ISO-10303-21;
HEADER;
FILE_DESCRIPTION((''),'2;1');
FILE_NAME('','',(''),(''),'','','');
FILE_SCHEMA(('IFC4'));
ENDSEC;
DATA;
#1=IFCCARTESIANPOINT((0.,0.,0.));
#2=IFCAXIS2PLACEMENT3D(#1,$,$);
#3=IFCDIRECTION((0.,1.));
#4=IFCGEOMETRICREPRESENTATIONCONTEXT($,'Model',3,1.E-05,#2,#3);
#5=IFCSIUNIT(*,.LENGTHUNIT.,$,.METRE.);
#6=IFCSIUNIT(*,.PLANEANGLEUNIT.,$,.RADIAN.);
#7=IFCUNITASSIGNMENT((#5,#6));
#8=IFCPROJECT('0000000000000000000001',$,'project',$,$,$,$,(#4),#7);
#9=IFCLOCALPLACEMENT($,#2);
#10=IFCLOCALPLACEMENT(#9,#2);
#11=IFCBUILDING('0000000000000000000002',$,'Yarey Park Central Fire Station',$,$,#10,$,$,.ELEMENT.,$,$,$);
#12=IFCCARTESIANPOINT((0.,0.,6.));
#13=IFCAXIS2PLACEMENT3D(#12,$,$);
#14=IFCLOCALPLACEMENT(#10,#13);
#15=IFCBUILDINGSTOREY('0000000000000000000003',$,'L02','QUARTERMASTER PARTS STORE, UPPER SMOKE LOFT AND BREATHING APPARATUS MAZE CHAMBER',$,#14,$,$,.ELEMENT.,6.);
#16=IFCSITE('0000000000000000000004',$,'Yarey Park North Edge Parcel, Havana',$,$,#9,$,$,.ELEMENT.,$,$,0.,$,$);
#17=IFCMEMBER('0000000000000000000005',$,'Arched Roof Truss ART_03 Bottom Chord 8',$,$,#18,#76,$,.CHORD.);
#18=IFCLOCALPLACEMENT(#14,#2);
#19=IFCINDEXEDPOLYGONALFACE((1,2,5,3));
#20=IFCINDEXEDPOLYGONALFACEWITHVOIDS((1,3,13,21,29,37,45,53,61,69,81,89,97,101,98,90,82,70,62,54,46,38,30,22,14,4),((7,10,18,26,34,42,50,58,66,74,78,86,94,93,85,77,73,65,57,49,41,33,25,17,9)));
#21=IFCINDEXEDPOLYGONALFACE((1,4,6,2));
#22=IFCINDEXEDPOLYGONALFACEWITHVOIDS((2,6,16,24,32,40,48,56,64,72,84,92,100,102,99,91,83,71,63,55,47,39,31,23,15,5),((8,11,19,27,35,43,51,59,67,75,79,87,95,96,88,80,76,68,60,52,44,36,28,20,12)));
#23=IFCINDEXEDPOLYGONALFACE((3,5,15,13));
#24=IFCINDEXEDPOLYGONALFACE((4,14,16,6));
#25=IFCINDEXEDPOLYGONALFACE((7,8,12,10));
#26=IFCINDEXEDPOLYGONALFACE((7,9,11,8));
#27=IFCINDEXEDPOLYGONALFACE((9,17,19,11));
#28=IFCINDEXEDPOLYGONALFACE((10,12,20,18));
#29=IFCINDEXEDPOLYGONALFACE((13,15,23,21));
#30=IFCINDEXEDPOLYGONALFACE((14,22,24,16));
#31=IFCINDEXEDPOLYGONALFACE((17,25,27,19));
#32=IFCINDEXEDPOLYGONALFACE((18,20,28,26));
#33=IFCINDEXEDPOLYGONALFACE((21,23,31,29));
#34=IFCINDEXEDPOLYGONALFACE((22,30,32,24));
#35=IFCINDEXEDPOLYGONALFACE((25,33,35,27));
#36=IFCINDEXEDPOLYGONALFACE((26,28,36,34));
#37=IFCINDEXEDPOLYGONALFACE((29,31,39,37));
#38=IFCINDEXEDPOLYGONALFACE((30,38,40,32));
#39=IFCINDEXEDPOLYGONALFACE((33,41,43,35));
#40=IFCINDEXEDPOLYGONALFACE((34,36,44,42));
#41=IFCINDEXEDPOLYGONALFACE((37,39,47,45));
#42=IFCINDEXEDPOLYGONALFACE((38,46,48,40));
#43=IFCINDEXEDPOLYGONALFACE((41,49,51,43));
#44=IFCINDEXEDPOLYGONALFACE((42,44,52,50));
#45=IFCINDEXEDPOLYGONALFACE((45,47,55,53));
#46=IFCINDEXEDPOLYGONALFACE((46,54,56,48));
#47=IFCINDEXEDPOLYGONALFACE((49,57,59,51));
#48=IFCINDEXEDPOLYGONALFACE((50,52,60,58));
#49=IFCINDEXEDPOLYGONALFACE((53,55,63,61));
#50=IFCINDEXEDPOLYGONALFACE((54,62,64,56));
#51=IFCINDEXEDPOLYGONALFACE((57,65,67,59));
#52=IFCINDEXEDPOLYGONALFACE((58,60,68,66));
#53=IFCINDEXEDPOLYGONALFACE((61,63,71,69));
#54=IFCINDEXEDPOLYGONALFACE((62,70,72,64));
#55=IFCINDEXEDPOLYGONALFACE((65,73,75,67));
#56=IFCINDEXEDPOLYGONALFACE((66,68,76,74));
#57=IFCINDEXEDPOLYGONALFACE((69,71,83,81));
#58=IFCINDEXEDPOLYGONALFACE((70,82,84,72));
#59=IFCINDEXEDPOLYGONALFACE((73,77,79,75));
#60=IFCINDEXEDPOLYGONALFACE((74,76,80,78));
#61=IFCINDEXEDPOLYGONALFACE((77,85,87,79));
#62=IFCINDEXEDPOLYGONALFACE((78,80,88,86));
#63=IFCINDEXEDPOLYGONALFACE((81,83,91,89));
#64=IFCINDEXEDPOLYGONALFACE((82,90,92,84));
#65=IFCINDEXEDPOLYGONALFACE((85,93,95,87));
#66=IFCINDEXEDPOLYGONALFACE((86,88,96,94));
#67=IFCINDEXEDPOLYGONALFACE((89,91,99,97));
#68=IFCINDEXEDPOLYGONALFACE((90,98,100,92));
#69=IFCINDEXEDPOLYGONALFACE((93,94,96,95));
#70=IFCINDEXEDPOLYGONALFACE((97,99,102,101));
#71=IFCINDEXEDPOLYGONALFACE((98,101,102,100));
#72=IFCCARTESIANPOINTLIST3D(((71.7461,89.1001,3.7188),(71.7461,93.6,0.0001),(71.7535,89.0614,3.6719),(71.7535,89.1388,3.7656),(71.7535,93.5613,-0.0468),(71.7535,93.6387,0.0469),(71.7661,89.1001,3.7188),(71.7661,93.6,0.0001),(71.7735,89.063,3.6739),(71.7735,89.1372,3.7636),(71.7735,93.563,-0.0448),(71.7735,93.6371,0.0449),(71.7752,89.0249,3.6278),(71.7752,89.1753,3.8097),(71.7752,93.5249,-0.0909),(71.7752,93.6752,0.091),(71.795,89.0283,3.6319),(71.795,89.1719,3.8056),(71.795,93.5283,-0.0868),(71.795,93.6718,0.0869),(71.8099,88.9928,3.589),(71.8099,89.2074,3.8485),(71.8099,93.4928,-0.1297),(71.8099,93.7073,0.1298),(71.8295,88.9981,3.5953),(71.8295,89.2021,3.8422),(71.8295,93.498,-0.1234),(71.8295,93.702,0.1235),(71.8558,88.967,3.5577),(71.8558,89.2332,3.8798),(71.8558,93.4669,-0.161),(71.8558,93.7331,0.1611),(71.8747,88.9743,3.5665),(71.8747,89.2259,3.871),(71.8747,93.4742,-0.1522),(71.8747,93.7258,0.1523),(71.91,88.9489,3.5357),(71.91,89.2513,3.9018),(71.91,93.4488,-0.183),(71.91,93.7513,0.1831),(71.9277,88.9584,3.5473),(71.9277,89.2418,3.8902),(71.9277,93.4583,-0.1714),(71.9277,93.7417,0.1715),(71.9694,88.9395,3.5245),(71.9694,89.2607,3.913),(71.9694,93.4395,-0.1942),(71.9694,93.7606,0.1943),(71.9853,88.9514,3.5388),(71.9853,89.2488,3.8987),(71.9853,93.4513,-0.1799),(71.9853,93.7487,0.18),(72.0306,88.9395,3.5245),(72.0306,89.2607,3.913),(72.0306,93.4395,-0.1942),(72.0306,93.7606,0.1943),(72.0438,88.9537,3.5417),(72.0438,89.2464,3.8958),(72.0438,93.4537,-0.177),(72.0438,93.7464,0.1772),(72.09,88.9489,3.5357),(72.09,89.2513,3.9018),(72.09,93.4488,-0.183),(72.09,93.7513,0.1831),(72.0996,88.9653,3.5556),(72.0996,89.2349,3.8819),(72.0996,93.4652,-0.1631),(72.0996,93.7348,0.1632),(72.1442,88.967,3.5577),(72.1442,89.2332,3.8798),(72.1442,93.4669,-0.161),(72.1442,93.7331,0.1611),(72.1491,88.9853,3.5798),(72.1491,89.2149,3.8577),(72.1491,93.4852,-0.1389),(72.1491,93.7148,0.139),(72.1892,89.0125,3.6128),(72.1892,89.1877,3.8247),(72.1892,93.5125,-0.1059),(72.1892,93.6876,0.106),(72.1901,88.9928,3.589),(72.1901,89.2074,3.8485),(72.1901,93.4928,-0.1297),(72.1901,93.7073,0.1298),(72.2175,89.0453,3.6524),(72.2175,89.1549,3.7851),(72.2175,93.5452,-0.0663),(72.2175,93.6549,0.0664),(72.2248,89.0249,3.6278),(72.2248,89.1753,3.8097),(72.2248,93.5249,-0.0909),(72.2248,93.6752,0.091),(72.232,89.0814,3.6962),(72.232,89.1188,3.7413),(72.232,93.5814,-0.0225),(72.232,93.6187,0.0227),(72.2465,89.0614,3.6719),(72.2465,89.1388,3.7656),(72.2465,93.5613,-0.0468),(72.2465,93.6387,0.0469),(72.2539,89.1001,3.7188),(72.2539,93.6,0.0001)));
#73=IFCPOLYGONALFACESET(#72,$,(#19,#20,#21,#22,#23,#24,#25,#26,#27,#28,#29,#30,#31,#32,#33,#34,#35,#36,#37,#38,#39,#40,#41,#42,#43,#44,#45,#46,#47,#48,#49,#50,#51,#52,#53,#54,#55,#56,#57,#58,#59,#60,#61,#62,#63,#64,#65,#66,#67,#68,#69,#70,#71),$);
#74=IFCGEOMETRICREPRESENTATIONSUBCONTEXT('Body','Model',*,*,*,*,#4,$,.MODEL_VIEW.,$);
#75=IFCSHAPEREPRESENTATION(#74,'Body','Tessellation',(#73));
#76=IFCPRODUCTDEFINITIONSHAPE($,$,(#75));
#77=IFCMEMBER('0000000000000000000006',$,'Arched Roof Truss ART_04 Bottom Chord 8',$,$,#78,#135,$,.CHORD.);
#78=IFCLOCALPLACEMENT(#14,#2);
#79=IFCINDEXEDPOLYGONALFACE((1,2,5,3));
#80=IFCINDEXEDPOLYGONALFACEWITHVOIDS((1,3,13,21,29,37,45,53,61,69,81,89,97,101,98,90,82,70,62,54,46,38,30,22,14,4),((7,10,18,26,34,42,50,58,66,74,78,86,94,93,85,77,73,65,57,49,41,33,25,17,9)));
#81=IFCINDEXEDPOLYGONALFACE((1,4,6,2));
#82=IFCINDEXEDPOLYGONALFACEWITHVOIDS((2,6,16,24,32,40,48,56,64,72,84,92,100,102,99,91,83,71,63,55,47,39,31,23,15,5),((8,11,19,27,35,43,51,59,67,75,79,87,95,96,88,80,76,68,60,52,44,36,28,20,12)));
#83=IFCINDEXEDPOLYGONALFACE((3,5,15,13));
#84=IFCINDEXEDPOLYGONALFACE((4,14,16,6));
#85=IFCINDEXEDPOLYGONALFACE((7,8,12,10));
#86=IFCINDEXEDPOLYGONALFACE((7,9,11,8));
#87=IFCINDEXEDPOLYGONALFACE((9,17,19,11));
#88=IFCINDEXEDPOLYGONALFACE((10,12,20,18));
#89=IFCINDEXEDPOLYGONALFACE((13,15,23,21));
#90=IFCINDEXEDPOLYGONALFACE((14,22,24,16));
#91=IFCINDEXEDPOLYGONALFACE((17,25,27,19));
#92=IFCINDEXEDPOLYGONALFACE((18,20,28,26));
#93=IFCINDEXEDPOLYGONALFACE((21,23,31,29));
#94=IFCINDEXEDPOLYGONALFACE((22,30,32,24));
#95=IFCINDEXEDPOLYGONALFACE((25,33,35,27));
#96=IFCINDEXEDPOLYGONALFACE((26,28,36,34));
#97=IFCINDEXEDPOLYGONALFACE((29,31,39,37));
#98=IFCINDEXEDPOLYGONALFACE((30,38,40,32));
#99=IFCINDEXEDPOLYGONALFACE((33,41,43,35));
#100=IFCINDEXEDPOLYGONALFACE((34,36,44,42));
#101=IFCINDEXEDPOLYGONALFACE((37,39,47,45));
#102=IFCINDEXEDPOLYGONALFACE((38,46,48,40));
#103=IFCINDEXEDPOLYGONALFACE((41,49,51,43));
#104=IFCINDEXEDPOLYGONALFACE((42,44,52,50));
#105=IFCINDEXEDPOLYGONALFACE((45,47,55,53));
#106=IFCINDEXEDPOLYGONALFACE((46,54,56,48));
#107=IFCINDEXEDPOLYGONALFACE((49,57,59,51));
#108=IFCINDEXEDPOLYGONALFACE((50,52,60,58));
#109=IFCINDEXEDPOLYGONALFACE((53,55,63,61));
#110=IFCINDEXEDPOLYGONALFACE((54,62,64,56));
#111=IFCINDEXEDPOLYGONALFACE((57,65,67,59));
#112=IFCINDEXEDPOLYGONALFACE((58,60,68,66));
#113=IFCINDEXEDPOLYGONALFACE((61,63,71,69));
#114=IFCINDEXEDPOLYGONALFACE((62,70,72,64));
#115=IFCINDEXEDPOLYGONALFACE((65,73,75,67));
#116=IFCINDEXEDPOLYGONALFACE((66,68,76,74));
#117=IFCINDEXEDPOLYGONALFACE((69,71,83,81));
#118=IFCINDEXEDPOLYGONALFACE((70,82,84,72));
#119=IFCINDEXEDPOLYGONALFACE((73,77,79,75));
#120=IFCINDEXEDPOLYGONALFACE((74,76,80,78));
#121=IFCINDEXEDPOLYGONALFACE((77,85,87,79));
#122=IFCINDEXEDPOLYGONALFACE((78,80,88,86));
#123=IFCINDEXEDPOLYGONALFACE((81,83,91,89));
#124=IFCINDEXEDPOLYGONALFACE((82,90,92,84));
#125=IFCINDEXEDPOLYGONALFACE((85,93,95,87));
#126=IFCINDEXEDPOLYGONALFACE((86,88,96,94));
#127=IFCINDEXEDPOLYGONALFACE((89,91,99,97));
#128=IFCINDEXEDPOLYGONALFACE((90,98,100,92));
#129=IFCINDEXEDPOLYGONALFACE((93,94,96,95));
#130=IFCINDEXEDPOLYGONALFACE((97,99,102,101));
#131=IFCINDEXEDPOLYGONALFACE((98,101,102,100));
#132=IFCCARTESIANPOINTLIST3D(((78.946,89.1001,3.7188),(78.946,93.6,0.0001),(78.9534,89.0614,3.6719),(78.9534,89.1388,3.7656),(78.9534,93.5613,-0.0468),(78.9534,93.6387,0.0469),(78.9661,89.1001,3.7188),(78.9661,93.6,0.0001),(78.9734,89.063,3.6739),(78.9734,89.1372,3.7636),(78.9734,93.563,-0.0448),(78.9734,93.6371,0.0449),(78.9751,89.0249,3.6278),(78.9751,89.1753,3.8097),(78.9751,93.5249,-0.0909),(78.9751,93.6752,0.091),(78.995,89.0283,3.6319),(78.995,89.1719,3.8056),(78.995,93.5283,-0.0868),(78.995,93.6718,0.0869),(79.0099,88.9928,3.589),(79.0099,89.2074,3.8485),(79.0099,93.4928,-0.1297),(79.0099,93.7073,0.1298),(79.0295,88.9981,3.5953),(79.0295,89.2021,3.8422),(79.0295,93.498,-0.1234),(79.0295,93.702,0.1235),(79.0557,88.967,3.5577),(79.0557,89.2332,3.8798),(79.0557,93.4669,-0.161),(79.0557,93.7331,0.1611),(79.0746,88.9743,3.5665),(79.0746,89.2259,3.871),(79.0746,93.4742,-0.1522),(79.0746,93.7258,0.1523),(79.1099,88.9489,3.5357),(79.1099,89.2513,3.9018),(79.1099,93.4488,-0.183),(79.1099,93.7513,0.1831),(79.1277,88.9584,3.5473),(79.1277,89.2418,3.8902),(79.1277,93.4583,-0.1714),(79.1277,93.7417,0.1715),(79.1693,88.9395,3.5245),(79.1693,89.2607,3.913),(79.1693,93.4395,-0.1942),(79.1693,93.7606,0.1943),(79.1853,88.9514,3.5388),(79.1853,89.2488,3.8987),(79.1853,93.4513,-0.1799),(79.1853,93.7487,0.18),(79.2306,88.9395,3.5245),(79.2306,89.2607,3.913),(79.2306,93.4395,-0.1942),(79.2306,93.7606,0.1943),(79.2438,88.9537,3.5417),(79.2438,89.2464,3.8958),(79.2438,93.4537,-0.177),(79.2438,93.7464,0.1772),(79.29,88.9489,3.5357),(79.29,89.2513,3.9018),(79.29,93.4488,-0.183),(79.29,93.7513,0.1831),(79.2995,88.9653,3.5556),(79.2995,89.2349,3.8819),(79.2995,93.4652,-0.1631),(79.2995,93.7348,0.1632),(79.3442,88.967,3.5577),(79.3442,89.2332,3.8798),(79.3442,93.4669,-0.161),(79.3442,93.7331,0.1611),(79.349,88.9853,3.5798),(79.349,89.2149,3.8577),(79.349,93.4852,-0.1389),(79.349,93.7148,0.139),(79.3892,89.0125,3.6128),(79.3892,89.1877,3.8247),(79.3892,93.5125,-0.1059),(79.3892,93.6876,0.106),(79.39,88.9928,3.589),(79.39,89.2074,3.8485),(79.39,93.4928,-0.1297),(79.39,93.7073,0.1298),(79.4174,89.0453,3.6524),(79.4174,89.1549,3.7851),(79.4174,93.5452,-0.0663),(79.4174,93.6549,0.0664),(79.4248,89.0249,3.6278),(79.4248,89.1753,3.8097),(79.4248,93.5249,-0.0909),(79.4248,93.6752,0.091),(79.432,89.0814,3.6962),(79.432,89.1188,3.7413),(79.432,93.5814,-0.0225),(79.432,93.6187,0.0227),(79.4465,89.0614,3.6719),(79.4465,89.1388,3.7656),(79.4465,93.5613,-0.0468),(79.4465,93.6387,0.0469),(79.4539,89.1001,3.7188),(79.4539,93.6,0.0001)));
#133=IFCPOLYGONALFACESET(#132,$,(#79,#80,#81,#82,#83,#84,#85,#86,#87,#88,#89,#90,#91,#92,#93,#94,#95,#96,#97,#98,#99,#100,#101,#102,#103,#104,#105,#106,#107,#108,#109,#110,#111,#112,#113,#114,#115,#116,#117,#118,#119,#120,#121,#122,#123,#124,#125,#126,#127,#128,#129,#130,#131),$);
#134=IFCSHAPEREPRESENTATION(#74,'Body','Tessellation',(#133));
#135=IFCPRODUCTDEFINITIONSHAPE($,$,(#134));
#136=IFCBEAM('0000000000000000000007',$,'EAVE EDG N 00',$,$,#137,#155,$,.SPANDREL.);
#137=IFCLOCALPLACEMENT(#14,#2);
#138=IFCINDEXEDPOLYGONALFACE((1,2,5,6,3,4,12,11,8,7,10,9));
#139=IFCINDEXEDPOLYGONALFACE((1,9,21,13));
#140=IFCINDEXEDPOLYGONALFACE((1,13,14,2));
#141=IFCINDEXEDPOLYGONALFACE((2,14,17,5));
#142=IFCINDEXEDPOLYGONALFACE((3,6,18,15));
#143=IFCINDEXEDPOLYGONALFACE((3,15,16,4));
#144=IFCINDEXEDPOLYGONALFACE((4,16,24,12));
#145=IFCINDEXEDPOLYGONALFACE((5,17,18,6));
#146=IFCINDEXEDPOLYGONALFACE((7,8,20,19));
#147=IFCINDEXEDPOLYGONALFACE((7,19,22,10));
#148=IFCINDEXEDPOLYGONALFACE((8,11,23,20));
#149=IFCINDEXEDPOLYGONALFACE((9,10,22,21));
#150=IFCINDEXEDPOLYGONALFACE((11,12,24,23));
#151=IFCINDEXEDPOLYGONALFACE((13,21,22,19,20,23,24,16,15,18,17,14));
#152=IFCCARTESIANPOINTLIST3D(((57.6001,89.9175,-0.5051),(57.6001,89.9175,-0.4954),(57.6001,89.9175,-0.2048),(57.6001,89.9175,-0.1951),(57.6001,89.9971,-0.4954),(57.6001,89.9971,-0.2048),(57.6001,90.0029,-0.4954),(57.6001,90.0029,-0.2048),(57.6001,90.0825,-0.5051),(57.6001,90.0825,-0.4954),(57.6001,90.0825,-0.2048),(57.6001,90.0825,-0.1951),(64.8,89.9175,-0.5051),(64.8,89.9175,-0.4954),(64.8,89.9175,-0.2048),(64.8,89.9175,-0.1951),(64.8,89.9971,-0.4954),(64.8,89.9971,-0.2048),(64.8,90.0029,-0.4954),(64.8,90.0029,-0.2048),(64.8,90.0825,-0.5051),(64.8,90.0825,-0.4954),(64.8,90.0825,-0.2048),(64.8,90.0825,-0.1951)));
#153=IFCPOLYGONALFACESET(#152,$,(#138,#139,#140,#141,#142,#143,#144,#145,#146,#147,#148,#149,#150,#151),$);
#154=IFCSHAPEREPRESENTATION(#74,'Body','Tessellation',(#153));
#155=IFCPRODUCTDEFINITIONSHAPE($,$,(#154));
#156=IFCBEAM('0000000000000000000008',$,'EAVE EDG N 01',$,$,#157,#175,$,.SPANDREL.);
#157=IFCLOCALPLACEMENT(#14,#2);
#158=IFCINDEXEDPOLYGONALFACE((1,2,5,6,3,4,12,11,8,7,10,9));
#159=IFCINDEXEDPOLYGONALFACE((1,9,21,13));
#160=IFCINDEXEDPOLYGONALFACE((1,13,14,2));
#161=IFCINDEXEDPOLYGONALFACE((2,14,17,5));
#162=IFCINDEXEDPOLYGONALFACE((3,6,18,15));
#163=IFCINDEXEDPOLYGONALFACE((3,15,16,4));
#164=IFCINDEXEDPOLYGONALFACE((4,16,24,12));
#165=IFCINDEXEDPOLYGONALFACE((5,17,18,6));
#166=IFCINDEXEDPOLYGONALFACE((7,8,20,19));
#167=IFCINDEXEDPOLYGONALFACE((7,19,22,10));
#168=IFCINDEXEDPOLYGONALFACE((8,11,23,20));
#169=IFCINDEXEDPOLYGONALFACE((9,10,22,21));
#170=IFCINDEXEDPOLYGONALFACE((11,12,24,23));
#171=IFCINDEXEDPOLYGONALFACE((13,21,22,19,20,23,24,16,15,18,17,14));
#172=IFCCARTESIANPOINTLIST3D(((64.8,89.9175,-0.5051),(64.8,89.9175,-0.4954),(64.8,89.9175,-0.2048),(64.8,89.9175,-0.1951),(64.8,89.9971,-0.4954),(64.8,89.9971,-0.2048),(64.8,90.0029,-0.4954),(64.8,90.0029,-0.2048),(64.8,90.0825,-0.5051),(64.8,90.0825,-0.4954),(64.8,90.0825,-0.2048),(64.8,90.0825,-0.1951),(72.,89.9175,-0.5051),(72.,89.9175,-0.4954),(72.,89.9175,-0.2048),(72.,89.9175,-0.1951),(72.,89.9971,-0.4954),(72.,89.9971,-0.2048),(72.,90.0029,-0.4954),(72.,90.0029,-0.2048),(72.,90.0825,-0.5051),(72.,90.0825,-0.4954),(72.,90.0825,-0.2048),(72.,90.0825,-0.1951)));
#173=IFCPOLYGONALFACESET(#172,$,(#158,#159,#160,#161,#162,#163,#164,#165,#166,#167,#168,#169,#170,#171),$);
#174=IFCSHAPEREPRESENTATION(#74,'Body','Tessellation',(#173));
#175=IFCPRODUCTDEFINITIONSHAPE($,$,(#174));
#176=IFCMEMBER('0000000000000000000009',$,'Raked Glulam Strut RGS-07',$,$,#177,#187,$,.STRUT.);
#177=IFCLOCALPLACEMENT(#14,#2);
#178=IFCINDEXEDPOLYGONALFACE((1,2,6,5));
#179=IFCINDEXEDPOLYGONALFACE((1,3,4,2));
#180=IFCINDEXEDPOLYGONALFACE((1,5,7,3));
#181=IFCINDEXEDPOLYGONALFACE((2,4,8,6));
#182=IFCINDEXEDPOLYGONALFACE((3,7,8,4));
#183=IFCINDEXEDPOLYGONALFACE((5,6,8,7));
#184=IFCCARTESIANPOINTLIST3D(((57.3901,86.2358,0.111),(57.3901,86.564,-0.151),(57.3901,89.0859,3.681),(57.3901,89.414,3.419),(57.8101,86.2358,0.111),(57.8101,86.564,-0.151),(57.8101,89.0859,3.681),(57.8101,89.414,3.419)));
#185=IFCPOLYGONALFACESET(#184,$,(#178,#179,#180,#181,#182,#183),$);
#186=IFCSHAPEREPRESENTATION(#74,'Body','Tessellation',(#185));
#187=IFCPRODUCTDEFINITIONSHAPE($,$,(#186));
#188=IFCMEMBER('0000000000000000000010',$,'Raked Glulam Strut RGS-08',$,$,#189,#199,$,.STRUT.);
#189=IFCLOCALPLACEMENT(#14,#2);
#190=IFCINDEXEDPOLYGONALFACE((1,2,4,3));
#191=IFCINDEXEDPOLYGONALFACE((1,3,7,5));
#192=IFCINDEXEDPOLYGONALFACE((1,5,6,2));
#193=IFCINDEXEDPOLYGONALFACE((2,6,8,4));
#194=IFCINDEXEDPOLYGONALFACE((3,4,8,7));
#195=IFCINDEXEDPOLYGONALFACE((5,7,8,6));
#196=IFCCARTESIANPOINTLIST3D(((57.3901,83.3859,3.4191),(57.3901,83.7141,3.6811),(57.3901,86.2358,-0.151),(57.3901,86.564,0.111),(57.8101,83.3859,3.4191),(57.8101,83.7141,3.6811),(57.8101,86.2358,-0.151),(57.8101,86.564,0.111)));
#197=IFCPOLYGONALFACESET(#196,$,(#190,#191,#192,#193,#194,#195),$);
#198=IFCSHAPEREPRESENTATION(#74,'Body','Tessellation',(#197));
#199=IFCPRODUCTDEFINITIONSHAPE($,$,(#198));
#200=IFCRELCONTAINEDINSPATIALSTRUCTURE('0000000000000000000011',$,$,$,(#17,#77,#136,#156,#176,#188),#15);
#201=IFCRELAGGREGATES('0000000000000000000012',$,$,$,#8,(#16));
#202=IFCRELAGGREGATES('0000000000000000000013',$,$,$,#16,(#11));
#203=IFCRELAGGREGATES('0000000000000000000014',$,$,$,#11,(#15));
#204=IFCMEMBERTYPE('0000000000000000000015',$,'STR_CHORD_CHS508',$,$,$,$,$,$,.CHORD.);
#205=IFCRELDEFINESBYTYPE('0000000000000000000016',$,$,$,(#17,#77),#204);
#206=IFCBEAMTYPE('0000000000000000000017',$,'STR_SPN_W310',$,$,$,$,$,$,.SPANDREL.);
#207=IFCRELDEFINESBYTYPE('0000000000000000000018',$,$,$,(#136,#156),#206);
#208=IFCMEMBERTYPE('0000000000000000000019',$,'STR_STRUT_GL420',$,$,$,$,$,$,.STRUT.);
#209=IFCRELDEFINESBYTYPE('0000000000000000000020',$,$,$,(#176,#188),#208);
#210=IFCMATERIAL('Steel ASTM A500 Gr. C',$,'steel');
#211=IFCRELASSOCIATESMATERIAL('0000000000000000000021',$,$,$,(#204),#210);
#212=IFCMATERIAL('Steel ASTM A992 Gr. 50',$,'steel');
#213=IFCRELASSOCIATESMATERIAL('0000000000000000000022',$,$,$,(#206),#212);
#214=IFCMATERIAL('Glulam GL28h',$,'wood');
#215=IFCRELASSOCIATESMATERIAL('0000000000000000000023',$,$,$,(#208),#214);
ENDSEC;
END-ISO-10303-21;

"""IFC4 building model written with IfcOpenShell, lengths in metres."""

from ifc_helpers import new_model, si_unit, direction, frame, origin, origin_2d, place, context, subcontext, project, spatial, rectangle, hollow_circle, i_section, extrude, material, material_profile, profile_set, type_object, element, save


model = new_model("IFC4")

# Units and contexts
model_context = context("Model", 3, precision=1e-05, world=origin(), true_north=direction((0.0, 1.0)))
body_context = subcontext(model_context, "Body", "Model", "MODEL_VIEW")
ifc_project = project(units=[si_unit("LENGTHUNIT", "METRE"), si_unit("PLANEANGLEUNIT", "RADIAN")], contexts=[model_context])

# Site, building, storey
site_placement = place(None, origin())
site = spatial("IfcSite", under=ifc_project, at=site_placement, Name="Yarey Park North Edge Parcel, Havana", CompositionType="ELEMENT", RefElevation=0.0)
building_placement = place(site_placement, origin())
building = spatial("IfcBuilding", under=site, at=building_placement, Name="Yarey Park Central Fire Station", CompositionType="ELEMENT")
storey_placement = place(building_placement, frame((0.0, 0.0, 6.0)))
storey = spatial("IfcBuildingStorey", under=building, at=storey_placement, Name="L02", Description="QUARTERMASTER PARTS STORE, UPPER SMOKE LOFT AND BREATHING APPARATUS MAZE CHAMBER", CompositionType="ELEMENT", Elevation=6.0)

# Shared definitions
ifc_material_1 = material(Name="Steel ASTM A992 Gr. 50", Category="steel")

# Members
ifc_material_2 = material(Name="Steel ASTM A500 Gr. C", Category="steel")
ifc_material_profile_1 = material_profile(ifc_material_2, hollow_circle(Radius=0.2539, WallThickness=0.02, at=origin_2d()), Name="CHS 508x20")
ifc_profile_set_1 = profile_set([ifc_material_profile_1], Name="Steel ASTM A500 Gr. C")
member_type_1 = type_object("IfcMemberType", Name="STR_CHORD_CHS508", PredefinedType="CHORD", material=ifc_profile_set_1)
for number, where, z_axis, x_axis, name in (
    (1, (72.0, 89.1001, 3.7188), (0.0, 0.770847, -0.63702), (-1.0, 0.0, 0.0), "Arched Roof Truss ART_03 Bottom Chord 8"),
    (2, (79.2, 89.1001, 3.7188), (0.0, 0.770847, -0.63702), (-1.0, 0.0, 0.0), "Arched Roof Truss ART_04 Bottom Chord 8"),
):
    element("IfcMember", number, at=place(storey_placement, frame(where, z_axis=z_axis, x_axis=x_axis)), inside=storey, type_object=member_type_1, Name=name, PredefinedType="CHORD", context=body_context, shape_type="SweptSolid", body=[
        extrude(hollow_circle(Radius=0.2539, WallThickness=0.02, at=origin_2d()), origin(), (0.0, 0.0, 1.0), 5.8376),
    ])

# Beams
ifc_material_profile_2 = material_profile(ifc_material_1, i_section(OverallWidth=0.165, OverallDepth=0.3101, WebThickness=0.0059, FlangeThickness=0.0098, at=origin_2d()), Name="W310x39")
ifc_profile_set_2 = profile_set([ifc_material_profile_2], Name="Steel ASTM A992 Gr. 50")
beam_type_1 = type_object("IfcBeamType", Name="STR_SPN_W310", PredefinedType="SPANDREL", material=ifc_profile_set_2)
for number, where, z_axis, x_axis, name in (
    (3, (57.6001, 90.0, -0.3501), (1.0, 0.0, 0.0), (0.0, 1.0, 0.0), "EAVE EDG N 00"),
    (4, (64.8, 90.0, -0.3501), (1.0, 0.0, 0.0), (0.0, 1.0, 0.0), "EAVE EDG N 01"),
):
    element("IfcBeam", number, at=place(storey_placement, frame(where, z_axis=z_axis, x_axis=x_axis)), inside=storey, type_object=beam_type_1, Name=name, PredefinedType="SPANDREL", context=body_context, shape_type="SweptSolid", body=[
        extrude(i_section(OverallWidth=0.165, OverallDepth=0.3101, WebThickness=0.0059, FlangeThickness=0.0098, at=origin_2d()), origin(), (0.0, 0.0, 1.0), 7.2),
    ])

# Members
ifc_material_3 = material(Name="Glulam GL28h", Category="wood")
ifc_material_profile_3 = material_profile(ifc_material_3, rectangle(XDim=0.4199, YDim=0.4199, at=origin_2d()), Name="GL 420x420")
ifc_profile_set_3 = profile_set([ifc_material_profile_3], Name="Glulam GL28h")
member_type_2 = type_object("IfcMemberType", Name="STR_STRUT_GL420", PredefinedType="STRUT", material=ifc_profile_set_3)
for number, where, z_axis, x_axis, name in (
    (5, (57.6001, 86.3999, -0.02), (0.0, 0.6239, 0.781505), (-1.0, 0.0, 0.0), "Raked Glulam Strut RGS-07"),
    (6, (57.6001, 86.3999, -0.02), (0.0, -0.623867, 0.781531), (1.0, 0.0, 0.0), "Raked Glulam Strut RGS-08"),
):
    element("IfcMember", number, at=place(storey_placement, frame(where, z_axis=z_axis, x_axis=x_axis)), inside=storey, type_object=member_type_2, Name=name, PredefinedType="STRUT", context=body_context, shape_type="SweptSolid", body=[
        extrude(rectangle(XDim=0.4199, YDim=0.4199, at=origin_2d()), origin(), (0.0, 0.0, 1.0), 4.5681),
    ])

save(model, "model.ifc")
